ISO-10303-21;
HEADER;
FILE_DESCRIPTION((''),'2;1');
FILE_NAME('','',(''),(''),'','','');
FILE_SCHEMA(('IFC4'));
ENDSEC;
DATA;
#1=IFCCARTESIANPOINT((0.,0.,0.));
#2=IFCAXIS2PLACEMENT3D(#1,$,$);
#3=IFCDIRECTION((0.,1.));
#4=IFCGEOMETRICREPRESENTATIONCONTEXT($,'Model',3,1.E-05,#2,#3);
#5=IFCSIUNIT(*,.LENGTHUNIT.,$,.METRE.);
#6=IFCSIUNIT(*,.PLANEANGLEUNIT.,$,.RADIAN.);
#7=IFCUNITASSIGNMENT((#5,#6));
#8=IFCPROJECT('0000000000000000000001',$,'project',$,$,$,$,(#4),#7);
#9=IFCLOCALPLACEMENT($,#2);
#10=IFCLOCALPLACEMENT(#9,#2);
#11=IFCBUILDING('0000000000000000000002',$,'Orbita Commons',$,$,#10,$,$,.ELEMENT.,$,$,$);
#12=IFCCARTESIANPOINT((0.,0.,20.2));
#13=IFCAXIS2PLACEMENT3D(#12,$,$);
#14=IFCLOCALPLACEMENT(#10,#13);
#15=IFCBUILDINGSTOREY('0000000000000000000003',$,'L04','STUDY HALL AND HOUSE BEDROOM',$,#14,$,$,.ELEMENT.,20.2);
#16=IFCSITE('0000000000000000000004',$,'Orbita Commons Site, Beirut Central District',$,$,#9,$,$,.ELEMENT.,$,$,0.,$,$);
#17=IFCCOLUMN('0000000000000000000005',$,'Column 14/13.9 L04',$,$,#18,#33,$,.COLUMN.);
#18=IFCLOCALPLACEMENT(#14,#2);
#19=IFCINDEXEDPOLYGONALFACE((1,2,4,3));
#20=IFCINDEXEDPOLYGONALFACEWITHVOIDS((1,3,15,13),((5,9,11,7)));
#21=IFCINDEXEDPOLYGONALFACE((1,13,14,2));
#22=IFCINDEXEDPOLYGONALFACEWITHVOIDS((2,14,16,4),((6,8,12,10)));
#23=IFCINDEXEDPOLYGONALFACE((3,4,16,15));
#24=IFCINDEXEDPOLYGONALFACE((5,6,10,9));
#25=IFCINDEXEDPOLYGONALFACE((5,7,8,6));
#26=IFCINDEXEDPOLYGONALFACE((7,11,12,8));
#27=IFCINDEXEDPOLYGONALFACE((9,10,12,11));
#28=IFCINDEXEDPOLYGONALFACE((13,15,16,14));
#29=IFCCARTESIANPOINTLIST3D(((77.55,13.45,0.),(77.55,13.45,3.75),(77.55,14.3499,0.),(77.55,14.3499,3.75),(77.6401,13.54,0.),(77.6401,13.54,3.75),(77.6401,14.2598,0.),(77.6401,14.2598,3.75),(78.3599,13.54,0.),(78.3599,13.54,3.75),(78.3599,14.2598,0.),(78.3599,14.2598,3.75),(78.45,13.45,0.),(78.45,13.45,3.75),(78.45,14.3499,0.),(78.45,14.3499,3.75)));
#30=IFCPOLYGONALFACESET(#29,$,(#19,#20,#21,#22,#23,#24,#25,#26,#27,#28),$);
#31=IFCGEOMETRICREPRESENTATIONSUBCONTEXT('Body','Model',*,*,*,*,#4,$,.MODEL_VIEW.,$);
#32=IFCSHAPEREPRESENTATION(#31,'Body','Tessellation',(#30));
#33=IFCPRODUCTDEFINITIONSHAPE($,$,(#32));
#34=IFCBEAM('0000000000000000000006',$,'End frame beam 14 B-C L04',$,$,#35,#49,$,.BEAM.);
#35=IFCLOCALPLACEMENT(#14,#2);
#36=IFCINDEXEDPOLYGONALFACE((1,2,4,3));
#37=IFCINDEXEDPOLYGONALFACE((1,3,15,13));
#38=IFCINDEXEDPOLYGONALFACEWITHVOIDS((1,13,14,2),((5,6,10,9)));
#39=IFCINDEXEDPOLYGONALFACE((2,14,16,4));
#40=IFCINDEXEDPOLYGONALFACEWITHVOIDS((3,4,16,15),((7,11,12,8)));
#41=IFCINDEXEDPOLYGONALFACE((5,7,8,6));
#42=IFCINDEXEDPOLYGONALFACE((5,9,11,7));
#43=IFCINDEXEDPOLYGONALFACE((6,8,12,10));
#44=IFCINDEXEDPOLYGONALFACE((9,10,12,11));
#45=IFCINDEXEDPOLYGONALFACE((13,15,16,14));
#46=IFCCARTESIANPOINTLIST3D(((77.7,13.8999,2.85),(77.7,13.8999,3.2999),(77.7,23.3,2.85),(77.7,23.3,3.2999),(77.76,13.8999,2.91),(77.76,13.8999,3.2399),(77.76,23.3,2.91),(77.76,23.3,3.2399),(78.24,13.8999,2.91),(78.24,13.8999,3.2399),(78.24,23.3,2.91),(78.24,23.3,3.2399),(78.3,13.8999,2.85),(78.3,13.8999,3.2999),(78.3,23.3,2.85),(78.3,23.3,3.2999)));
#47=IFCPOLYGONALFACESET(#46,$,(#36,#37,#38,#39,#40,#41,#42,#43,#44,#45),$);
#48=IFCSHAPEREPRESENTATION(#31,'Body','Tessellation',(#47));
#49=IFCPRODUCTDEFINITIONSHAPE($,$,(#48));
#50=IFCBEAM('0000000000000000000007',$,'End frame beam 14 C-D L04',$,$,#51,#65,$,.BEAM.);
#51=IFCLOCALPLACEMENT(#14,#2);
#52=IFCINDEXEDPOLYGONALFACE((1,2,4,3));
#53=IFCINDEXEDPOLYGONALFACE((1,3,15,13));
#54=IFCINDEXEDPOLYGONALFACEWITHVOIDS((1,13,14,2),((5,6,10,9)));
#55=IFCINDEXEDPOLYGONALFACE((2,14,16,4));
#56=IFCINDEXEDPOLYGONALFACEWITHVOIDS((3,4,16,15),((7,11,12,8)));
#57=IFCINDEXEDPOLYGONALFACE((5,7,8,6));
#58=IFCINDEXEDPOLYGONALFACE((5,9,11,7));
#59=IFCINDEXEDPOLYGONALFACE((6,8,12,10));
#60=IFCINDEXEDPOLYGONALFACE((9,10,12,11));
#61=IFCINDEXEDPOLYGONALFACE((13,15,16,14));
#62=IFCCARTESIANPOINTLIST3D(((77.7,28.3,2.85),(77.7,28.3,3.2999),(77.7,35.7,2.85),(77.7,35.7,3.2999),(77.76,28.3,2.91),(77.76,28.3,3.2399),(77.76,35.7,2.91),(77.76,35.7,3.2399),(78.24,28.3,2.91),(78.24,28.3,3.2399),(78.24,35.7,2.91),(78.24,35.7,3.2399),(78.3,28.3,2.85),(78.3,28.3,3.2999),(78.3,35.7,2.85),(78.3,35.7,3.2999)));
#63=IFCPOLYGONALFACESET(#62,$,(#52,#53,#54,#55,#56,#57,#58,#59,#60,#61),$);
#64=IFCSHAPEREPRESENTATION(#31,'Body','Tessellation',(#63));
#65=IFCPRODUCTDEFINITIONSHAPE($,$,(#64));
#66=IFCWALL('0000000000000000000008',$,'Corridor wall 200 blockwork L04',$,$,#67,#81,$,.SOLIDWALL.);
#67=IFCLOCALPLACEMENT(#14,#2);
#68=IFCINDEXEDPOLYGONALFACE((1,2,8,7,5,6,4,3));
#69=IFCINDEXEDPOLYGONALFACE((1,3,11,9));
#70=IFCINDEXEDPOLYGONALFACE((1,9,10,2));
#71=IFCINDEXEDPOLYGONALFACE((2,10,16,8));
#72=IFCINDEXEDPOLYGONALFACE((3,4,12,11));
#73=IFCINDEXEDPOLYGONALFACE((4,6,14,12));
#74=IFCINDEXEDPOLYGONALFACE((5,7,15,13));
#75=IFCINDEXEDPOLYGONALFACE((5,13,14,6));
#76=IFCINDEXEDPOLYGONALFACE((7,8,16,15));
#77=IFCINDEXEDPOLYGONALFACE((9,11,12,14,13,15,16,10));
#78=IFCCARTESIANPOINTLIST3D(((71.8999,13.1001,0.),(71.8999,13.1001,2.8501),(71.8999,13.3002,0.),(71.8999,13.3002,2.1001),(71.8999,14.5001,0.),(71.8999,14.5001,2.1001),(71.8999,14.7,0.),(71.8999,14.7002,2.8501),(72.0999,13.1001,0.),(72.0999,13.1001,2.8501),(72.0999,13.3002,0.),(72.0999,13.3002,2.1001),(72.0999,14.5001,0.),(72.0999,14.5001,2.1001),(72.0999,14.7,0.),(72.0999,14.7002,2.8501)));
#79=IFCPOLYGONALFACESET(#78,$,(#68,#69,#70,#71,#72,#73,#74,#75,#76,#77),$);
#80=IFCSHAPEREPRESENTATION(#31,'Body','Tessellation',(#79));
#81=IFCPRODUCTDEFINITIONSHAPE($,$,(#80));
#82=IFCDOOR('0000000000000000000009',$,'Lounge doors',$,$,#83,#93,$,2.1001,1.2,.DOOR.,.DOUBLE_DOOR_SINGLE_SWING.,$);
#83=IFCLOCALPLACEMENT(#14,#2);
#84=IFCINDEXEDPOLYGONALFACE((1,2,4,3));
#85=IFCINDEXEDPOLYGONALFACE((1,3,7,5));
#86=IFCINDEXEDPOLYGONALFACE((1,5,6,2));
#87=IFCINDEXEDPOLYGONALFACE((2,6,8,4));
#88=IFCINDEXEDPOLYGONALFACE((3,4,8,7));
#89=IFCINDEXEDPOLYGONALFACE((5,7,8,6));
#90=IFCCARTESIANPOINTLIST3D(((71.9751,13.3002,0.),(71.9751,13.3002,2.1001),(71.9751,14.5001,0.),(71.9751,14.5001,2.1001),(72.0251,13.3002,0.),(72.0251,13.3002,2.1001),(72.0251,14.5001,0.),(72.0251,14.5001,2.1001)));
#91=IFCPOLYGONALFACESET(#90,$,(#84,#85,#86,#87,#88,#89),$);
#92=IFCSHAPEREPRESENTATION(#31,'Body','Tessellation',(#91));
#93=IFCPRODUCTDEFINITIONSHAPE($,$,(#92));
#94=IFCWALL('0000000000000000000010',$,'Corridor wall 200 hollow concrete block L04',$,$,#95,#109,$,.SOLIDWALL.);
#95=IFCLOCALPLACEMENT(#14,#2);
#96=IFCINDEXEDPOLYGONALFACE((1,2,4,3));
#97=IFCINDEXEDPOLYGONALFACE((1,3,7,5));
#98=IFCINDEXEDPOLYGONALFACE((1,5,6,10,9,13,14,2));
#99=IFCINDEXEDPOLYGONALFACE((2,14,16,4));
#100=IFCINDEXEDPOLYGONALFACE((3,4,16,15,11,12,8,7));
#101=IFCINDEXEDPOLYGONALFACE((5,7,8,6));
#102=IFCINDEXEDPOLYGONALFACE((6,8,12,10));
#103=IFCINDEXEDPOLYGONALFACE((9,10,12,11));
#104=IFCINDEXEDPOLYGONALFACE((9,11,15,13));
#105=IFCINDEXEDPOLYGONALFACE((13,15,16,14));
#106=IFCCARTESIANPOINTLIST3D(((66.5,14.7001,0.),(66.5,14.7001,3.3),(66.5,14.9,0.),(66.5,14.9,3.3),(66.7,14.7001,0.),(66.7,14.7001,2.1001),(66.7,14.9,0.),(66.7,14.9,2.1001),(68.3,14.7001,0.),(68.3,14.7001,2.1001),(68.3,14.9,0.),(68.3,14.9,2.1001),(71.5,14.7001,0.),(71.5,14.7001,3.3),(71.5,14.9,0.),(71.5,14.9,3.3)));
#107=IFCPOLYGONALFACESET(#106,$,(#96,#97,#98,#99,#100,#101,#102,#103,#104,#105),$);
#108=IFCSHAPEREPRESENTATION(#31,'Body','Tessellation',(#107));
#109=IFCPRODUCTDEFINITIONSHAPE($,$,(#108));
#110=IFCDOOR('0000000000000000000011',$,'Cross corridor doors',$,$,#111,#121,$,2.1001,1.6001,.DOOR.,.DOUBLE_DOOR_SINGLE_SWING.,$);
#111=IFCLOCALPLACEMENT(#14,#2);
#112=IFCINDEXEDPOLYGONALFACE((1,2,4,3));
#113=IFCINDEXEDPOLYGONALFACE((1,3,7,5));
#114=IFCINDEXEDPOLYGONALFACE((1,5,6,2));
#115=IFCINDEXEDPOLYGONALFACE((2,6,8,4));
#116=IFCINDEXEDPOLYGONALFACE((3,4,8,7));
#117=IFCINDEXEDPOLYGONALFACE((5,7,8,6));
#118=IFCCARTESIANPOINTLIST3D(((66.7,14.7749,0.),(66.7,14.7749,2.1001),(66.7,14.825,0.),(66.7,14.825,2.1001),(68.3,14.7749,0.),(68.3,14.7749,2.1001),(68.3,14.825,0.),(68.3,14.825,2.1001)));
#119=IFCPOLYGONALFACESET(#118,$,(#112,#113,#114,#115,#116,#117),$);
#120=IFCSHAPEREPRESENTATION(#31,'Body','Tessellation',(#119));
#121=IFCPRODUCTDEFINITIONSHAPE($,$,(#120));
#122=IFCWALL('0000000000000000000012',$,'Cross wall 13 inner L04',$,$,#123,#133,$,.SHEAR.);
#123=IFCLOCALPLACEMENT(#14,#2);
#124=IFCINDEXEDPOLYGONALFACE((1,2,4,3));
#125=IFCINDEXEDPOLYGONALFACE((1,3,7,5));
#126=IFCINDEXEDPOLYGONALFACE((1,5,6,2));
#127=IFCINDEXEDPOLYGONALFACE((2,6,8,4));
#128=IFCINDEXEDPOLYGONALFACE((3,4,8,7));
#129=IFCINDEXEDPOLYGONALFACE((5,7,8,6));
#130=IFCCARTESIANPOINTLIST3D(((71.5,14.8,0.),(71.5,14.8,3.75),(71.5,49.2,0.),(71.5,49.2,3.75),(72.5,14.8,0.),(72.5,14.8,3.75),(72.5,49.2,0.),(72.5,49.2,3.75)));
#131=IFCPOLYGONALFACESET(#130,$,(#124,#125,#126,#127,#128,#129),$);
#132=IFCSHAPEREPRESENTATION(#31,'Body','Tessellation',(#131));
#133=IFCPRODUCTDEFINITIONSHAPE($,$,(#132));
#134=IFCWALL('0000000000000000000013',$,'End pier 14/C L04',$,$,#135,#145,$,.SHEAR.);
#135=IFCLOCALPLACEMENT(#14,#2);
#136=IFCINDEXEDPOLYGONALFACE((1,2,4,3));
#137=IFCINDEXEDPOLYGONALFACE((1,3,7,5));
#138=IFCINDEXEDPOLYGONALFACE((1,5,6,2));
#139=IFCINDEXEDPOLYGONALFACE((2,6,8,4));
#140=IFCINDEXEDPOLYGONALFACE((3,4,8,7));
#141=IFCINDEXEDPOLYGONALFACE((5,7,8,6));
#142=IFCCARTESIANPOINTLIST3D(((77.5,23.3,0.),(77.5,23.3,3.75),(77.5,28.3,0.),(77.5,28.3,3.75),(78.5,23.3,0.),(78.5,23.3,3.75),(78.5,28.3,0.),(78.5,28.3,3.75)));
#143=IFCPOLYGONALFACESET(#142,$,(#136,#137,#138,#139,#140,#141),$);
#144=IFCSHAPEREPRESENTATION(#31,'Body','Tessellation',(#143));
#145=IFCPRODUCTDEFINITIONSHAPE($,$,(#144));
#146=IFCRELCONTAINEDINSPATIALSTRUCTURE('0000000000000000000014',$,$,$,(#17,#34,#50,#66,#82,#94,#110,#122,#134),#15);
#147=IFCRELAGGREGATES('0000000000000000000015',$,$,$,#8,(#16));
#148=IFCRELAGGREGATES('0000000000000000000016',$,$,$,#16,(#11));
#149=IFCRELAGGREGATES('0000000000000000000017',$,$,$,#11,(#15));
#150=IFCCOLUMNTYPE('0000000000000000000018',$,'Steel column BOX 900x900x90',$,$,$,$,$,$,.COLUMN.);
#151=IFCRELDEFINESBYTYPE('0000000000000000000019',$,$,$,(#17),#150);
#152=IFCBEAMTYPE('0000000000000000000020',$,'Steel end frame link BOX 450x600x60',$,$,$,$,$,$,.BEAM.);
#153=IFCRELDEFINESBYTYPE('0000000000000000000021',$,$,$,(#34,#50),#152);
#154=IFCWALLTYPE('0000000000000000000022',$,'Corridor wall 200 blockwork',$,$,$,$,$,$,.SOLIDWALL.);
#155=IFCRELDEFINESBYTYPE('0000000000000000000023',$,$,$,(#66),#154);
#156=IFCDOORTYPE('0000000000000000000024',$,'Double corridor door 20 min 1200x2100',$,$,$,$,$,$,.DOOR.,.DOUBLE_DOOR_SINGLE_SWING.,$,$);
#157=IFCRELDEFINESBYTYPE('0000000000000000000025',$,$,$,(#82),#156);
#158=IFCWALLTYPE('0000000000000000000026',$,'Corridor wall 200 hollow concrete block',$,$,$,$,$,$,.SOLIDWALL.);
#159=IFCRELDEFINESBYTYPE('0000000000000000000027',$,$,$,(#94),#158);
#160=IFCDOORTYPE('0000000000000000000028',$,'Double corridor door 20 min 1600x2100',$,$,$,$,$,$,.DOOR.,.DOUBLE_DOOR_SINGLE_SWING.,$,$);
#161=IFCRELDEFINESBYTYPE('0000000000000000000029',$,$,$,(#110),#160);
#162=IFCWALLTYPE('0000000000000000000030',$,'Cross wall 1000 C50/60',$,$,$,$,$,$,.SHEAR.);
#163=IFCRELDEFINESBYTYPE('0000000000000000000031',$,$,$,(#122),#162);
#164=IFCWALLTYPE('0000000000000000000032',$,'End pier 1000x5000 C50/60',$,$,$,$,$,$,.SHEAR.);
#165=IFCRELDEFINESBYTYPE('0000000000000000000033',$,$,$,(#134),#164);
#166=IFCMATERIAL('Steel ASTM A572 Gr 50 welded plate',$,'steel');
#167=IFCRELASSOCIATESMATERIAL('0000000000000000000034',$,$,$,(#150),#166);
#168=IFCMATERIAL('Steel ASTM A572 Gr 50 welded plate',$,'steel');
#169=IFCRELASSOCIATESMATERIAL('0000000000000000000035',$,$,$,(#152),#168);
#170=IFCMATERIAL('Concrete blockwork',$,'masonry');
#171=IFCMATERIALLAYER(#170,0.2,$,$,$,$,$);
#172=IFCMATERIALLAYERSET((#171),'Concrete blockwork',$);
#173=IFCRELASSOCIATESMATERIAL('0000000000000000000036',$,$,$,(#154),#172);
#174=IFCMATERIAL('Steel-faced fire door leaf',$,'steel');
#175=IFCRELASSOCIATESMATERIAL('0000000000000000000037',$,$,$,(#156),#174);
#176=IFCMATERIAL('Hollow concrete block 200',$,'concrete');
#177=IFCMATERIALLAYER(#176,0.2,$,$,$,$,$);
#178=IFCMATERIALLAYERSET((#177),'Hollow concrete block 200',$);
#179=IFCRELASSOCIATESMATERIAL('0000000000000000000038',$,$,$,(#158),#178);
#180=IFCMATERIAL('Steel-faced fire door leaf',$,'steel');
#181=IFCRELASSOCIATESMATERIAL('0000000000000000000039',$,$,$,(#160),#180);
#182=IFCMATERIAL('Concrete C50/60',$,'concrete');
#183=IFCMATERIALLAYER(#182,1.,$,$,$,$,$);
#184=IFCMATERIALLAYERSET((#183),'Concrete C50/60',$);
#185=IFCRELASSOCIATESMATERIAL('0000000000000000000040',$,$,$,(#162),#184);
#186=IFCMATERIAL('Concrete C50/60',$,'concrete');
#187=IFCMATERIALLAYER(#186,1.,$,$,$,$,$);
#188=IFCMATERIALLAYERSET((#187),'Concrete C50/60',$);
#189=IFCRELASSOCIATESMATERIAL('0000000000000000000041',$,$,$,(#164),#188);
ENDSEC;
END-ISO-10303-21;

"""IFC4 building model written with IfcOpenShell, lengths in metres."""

from ifc_helpers import new_model, si_unit, direction, frame, frame_2d, origin, origin_2d, place, context, subcontext, project, spatial, polyline, rectangle, hollow_rectangle, outline, extrude, material, layer, layer_set, material_profile, profile_set, type_object, element, fill, save


model = new_model("IFC4")

# Units and contexts
model_context = context("Model", 3, precision=1e-05, world=origin(), true_north=direction((0.0, 1.0)))
body_context = subcontext(model_context, "Body", "Model", "MODEL_VIEW")
ifc_project = project(units=[si_unit("LENGTHUNIT", "METRE"), si_unit("PLANEANGLEUNIT", "RADIAN")], contexts=[model_context])

# Site, building, storey
site_placement = place(None, origin())
site = spatial("IfcSite", under=ifc_project, at=site_placement, Name="Orbita Commons Site, Beirut Central District", CompositionType="ELEMENT", RefElevation=0.0)
building_placement = place(site_placement, origin())
building = spatial("IfcBuilding", under=site, at=building_placement, Name="Orbita Commons", CompositionType="ELEMENT")
storey_placement = place(building_placement, frame((0.0, 0.0, 20.2)))
storey = spatial("IfcBuildingStorey", under=building, at=storey_placement, Name="L04", Description="STUDY HALL AND HOUSE BEDROOM", CompositionType="ELEMENT", Elevation=20.2)

# Column
ifc_material_1 = material(Name="Steel ASTM A572 Gr 50 welded plate", Category="steel")
ifc_material_profile_1 = material_profile(ifc_material_1, hollow_rectangle(XDim=0.8999, YDim=0.8999, WallThickness=0.0901, at=origin_2d()), Name="BOX 900x900x90")
ifc_profile_set_1 = profile_set([ifc_material_profile_1], Name="Steel ASTM A572 Gr 50 welded plate")
column_type = type_object("IfcColumnType", Name="Steel column BOX 900x900x90", PredefinedType="COLUMN", material=ifc_profile_set_1)
column_placement = place(storey_placement, frame((78.0, 13.8999, 0.0), z_axis=(0.0, 0.0, 1.0), x_axis=(1.0, 0.0, 0.0)))
element("IfcColumn", 1, at=column_placement, inside=storey, type_object=column_type, Name="Column 14/13.9 L04", PredefinedType="COLUMN", context=body_context, shape_type="SweptSolid", body=[
    extrude(hollow_rectangle(XDim=0.8999, YDim=0.8999, WallThickness=0.0901, at=origin_2d()), origin(), (0.0, 0.0, 1.0), 3.75),
])

# Beams
ifc_material_2 = material(Name="Steel ASTM A572 Gr 50 welded plate", Category="steel")
ifc_material_profile_2 = material_profile(ifc_material_2, hollow_rectangle(XDim=0.6001, YDim=0.45, WallThickness=0.0601, at=origin_2d()), Name="BOX 450x600x60")
ifc_profile_set_2 = profile_set([ifc_material_profile_2], Name="Steel ASTM A572 Gr 50 welded plate")
beam_type = type_object("IfcBeamType", Name="Steel end frame link BOX 450x600x60", PredefinedType="BEAM", material=ifc_profile_set_2)
beam_1_placement = place(storey_placement, frame((78.0, 13.8999, 3.075), z_axis=(0.0, 1.0, 0.0), x_axis=(-1.0, 0.0, 0.0)))
element("IfcBeam", 2, at=beam_1_placement, inside=storey, type_object=beam_type, Name="End frame beam 14 B-C L04", PredefinedType="BEAM", context=body_context, shape_type="SweptSolid", body=[
    extrude(hollow_rectangle(XDim=0.6001, YDim=0.45, WallThickness=0.0601, at=origin_2d()), origin(), (0.0, 0.0, 1.0), 9.4001),
])
beam_2_placement = place(storey_placement, frame((78.0, 28.3, 3.075), z_axis=(0.0, 1.0, 0.0), x_axis=(-1.0, 0.0, 0.0)))
element("IfcBeam", 3, at=beam_2_placement, inside=storey, type_object=beam_type, Name="End frame beam 14 C-D L04", PredefinedType="BEAM", context=body_context, shape_type="SweptSolid", body=[
    extrude(hollow_rectangle(XDim=0.6001, YDim=0.45, WallThickness=0.0601, at=origin_2d()), origin(), (0.0, 0.0, 1.0), 7.3999),
])

# Walls, openings, doors
ifc_material_3 = material(Name="Concrete blockwork", Category="masonry")
ifc_layer_1 = layer(ifc_material_3, 0.2)
ifc_layer_set_1 = layer_set([ifc_layer_1], Name="Concrete blockwork")
wall_type_1 = type_object("IfcWallType", Name="Corridor wall 200 blockwork", PredefinedType="SOLIDWALL", material=ifc_layer_set_1)
wall_1_placement = place(storey_placement, frame((72.0, 13.1001, 0.0), z_axis=(0.0, 0.0, 1.0), x_axis=(0.0, 1.0, 0.0)))
wall_1 = element("IfcWall", 4, at=wall_1_placement, inside=storey, type_object=wall_type_1, Name="Corridor wall 200 blockwork L04", PredefinedType="SOLIDWALL", context=body_context, shape_type="SweptSolid", body=[
    extrude(outline(polyline([(0.0, 0.0), (1.5999, 0.0), (1.6001, 2.8501), (0.0, 2.8501), (0.0, 0.0)])), frame((0.0, 0.1001, 0.0), z_axis=(0.0, -1.0, 0.0), x_axis=(1.0, 0.0, 0.0)), (0.0, 0.0, 1.0), 0.2),
])
opening_1_placement = place(wall_1_placement, frame((0.2, 0.0, 0.0)))
opening_1 = element("IfcOpeningElement", 5, at=opening_1_placement, cuts=wall_1, PredefinedType="OPENING", context=body_context, shape_type="SweptSolid", body=[
    extrude(rectangle(XDim=1.2, YDim=2.1001, at=frame_2d((0.6001, 1.05))), frame((0.0, 0.1099, 0.0), z_axis=(0.0, -1.0, 0.0), x_axis=(1.0, 0.0, 0.0)), (0.0, 0.0, 1.0), 0.22),
])
ifc_material_4 = material(Name="Steel-faced fire door leaf", Category="steel")
door_type_1 = type_object("IfcDoorType", Name="Double corridor door 20 min 1200x2100", OperationType="DOUBLE_DOOR_SINGLE_SWING", PredefinedType="DOOR", material=ifc_material_4)
door_1_placement = place(opening_1_placement, origin())
door_1 = element("IfcDoor", 6, at=door_1_placement, inside=storey, type_object=door_type_1, Name="Lounge doors", OperationType="DOUBLE_DOOR_SINGLE_SWING", OverallHeight=2.1001, OverallWidth=1.2, PredefinedType="DOOR", context=body_context, shape_type="SweptSolid", body=[
    extrude(rectangle(XDim=1.2, YDim=2.1001, at=frame_2d((0.6001, 1.05))), frame((0.0, 0.0249, 0.0), z_axis=(0.0, -1.0, 0.0), x_axis=(1.0, 0.0, 0.0)), (0.0, 0.0, 1.0), 0.05),
])
fill(opening_1, door_1)
ifc_material_5 = material(Name="Hollow concrete block 200", Category="concrete")
ifc_layer_2 = layer(ifc_material_5, 0.2)
ifc_layer_set_2 = layer_set([ifc_layer_2], Name="Hollow concrete block 200")
wall_type_2 = type_object("IfcWallType", Name="Corridor wall 200 hollow concrete block", PredefinedType="SOLIDWALL", material=ifc_layer_set_2)
wall_2_placement = place(storey_placement, frame((66.5, 14.8, 0.0), z_axis=(0.0, 0.0, 1.0), x_axis=(1.0, 0.0, 0.0)))
wall_2 = element("IfcWall", 7, at=wall_2_placement, inside=storey, type_object=wall_type_2, Name="Corridor wall 200 hollow concrete block L04", PredefinedType="SOLIDWALL", context=body_context, shape_type="SweptSolid", body=[
    extrude(rectangle(XDim=5.0, YDim=0.2, at=frame_2d((2.5, 0.0))), origin(), (0.0, 0.0, 1.0), 3.3),
])
opening_2_placement = place(wall_2_placement, frame((0.2, 0.0, 0.0)))
opening_2 = element("IfcOpeningElement", 8, at=opening_2_placement, cuts=wall_2, PredefinedType="OPENING", context=body_context, shape_type="SweptSolid", body=[
    extrude(rectangle(XDim=1.6001, YDim=2.1001, at=frame_2d((0.8, 1.05))), frame((0.0, 0.1099, 0.0), z_axis=(0.0, -1.0, 0.0), x_axis=(1.0, 0.0, 0.0)), (0.0, 0.0, 1.0), 0.22),
])
ifc_material_6 = material(Name="Steel-faced fire door leaf", Category="steel")
door_type_2 = type_object("IfcDoorType", Name="Double corridor door 20 min 1600x2100", OperationType="DOUBLE_DOOR_SINGLE_SWING", PredefinedType="DOOR", material=ifc_material_6)
door_2_placement = place(opening_2_placement, origin())
door_2 = element("IfcDoor", 9, at=door_2_placement, inside=storey, type_object=door_type_2, Name="Cross corridor doors", OperationType="DOUBLE_DOOR_SINGLE_SWING", OverallHeight=2.1001, OverallWidth=1.6001, PredefinedType="DOOR", context=body_context, shape_type="SweptSolid", body=[
    extrude(rectangle(XDim=1.6001, YDim=2.1001, at=frame_2d((0.8, 1.05))), frame((0.0, 0.0249, 0.0), z_axis=(0.0, -1.0, 0.0), x_axis=(1.0, 0.0, 0.0)), (0.0, 0.0, 1.0), 0.05),
])
fill(opening_2, door_2)

# Walls
ifc_material_7 = material(Name="Concrete C50/60", Category="concrete")
ifc_layer_3 = layer(ifc_material_7, 1.0)
ifc_layer_set_3 = layer_set([ifc_layer_3], Name="Concrete C50/60")
wall_type_3 = type_object("IfcWallType", Name="Cross wall 1000 C50/60", PredefinedType="SHEAR", material=ifc_layer_set_3)
wall_3_placement = place(storey_placement, frame((72.0, 14.8, 0.0), z_axis=(0.0, 0.0, 1.0), x_axis=(0.0, 1.0, 0.0)))
element("IfcWall", 10, at=wall_3_placement, inside=storey, type_object=wall_type_3, Name="Cross wall 13 inner L04", PredefinedType="SHEAR", context=body_context, shape_type="SweptSolid", body=[
    extrude(rectangle(XDim=34.3999, YDim=1.0, at=frame_2d((17.2, 0.0))), origin(), (0.0, 0.0, 1.0), 3.75),
])
ifc_material_8 = material(Name="Concrete C50/60", Category="concrete")
ifc_layer_4 = layer(ifc_material_8, 1.0)
ifc_layer_set_4 = layer_set([ifc_layer_4], Name="Concrete C50/60")
wall_type_4 = type_object("IfcWallType", Name="End pier 1000x5000 C50/60", PredefinedType="SHEAR", material=ifc_layer_set_4)
wall_4_placement = place(storey_placement, frame((78.0, 23.3, 0.0), z_axis=(0.0, 0.0, 1.0), x_axis=(0.0, 1.0, 0.0)))
element("IfcWall", 11, at=wall_4_placement, inside=storey, type_object=wall_type_4, Name="End pier 14/C L04", PredefinedType="SHEAR", context=body_context, shape_type="SweptSolid", body=[
    extrude(rectangle(XDim=5.0, YDim=1.0, at=frame_2d((2.5, 0.0))), origin(), (0.0, 0.0, 1.0), 3.75),
])

save(model, "model.ifc")
